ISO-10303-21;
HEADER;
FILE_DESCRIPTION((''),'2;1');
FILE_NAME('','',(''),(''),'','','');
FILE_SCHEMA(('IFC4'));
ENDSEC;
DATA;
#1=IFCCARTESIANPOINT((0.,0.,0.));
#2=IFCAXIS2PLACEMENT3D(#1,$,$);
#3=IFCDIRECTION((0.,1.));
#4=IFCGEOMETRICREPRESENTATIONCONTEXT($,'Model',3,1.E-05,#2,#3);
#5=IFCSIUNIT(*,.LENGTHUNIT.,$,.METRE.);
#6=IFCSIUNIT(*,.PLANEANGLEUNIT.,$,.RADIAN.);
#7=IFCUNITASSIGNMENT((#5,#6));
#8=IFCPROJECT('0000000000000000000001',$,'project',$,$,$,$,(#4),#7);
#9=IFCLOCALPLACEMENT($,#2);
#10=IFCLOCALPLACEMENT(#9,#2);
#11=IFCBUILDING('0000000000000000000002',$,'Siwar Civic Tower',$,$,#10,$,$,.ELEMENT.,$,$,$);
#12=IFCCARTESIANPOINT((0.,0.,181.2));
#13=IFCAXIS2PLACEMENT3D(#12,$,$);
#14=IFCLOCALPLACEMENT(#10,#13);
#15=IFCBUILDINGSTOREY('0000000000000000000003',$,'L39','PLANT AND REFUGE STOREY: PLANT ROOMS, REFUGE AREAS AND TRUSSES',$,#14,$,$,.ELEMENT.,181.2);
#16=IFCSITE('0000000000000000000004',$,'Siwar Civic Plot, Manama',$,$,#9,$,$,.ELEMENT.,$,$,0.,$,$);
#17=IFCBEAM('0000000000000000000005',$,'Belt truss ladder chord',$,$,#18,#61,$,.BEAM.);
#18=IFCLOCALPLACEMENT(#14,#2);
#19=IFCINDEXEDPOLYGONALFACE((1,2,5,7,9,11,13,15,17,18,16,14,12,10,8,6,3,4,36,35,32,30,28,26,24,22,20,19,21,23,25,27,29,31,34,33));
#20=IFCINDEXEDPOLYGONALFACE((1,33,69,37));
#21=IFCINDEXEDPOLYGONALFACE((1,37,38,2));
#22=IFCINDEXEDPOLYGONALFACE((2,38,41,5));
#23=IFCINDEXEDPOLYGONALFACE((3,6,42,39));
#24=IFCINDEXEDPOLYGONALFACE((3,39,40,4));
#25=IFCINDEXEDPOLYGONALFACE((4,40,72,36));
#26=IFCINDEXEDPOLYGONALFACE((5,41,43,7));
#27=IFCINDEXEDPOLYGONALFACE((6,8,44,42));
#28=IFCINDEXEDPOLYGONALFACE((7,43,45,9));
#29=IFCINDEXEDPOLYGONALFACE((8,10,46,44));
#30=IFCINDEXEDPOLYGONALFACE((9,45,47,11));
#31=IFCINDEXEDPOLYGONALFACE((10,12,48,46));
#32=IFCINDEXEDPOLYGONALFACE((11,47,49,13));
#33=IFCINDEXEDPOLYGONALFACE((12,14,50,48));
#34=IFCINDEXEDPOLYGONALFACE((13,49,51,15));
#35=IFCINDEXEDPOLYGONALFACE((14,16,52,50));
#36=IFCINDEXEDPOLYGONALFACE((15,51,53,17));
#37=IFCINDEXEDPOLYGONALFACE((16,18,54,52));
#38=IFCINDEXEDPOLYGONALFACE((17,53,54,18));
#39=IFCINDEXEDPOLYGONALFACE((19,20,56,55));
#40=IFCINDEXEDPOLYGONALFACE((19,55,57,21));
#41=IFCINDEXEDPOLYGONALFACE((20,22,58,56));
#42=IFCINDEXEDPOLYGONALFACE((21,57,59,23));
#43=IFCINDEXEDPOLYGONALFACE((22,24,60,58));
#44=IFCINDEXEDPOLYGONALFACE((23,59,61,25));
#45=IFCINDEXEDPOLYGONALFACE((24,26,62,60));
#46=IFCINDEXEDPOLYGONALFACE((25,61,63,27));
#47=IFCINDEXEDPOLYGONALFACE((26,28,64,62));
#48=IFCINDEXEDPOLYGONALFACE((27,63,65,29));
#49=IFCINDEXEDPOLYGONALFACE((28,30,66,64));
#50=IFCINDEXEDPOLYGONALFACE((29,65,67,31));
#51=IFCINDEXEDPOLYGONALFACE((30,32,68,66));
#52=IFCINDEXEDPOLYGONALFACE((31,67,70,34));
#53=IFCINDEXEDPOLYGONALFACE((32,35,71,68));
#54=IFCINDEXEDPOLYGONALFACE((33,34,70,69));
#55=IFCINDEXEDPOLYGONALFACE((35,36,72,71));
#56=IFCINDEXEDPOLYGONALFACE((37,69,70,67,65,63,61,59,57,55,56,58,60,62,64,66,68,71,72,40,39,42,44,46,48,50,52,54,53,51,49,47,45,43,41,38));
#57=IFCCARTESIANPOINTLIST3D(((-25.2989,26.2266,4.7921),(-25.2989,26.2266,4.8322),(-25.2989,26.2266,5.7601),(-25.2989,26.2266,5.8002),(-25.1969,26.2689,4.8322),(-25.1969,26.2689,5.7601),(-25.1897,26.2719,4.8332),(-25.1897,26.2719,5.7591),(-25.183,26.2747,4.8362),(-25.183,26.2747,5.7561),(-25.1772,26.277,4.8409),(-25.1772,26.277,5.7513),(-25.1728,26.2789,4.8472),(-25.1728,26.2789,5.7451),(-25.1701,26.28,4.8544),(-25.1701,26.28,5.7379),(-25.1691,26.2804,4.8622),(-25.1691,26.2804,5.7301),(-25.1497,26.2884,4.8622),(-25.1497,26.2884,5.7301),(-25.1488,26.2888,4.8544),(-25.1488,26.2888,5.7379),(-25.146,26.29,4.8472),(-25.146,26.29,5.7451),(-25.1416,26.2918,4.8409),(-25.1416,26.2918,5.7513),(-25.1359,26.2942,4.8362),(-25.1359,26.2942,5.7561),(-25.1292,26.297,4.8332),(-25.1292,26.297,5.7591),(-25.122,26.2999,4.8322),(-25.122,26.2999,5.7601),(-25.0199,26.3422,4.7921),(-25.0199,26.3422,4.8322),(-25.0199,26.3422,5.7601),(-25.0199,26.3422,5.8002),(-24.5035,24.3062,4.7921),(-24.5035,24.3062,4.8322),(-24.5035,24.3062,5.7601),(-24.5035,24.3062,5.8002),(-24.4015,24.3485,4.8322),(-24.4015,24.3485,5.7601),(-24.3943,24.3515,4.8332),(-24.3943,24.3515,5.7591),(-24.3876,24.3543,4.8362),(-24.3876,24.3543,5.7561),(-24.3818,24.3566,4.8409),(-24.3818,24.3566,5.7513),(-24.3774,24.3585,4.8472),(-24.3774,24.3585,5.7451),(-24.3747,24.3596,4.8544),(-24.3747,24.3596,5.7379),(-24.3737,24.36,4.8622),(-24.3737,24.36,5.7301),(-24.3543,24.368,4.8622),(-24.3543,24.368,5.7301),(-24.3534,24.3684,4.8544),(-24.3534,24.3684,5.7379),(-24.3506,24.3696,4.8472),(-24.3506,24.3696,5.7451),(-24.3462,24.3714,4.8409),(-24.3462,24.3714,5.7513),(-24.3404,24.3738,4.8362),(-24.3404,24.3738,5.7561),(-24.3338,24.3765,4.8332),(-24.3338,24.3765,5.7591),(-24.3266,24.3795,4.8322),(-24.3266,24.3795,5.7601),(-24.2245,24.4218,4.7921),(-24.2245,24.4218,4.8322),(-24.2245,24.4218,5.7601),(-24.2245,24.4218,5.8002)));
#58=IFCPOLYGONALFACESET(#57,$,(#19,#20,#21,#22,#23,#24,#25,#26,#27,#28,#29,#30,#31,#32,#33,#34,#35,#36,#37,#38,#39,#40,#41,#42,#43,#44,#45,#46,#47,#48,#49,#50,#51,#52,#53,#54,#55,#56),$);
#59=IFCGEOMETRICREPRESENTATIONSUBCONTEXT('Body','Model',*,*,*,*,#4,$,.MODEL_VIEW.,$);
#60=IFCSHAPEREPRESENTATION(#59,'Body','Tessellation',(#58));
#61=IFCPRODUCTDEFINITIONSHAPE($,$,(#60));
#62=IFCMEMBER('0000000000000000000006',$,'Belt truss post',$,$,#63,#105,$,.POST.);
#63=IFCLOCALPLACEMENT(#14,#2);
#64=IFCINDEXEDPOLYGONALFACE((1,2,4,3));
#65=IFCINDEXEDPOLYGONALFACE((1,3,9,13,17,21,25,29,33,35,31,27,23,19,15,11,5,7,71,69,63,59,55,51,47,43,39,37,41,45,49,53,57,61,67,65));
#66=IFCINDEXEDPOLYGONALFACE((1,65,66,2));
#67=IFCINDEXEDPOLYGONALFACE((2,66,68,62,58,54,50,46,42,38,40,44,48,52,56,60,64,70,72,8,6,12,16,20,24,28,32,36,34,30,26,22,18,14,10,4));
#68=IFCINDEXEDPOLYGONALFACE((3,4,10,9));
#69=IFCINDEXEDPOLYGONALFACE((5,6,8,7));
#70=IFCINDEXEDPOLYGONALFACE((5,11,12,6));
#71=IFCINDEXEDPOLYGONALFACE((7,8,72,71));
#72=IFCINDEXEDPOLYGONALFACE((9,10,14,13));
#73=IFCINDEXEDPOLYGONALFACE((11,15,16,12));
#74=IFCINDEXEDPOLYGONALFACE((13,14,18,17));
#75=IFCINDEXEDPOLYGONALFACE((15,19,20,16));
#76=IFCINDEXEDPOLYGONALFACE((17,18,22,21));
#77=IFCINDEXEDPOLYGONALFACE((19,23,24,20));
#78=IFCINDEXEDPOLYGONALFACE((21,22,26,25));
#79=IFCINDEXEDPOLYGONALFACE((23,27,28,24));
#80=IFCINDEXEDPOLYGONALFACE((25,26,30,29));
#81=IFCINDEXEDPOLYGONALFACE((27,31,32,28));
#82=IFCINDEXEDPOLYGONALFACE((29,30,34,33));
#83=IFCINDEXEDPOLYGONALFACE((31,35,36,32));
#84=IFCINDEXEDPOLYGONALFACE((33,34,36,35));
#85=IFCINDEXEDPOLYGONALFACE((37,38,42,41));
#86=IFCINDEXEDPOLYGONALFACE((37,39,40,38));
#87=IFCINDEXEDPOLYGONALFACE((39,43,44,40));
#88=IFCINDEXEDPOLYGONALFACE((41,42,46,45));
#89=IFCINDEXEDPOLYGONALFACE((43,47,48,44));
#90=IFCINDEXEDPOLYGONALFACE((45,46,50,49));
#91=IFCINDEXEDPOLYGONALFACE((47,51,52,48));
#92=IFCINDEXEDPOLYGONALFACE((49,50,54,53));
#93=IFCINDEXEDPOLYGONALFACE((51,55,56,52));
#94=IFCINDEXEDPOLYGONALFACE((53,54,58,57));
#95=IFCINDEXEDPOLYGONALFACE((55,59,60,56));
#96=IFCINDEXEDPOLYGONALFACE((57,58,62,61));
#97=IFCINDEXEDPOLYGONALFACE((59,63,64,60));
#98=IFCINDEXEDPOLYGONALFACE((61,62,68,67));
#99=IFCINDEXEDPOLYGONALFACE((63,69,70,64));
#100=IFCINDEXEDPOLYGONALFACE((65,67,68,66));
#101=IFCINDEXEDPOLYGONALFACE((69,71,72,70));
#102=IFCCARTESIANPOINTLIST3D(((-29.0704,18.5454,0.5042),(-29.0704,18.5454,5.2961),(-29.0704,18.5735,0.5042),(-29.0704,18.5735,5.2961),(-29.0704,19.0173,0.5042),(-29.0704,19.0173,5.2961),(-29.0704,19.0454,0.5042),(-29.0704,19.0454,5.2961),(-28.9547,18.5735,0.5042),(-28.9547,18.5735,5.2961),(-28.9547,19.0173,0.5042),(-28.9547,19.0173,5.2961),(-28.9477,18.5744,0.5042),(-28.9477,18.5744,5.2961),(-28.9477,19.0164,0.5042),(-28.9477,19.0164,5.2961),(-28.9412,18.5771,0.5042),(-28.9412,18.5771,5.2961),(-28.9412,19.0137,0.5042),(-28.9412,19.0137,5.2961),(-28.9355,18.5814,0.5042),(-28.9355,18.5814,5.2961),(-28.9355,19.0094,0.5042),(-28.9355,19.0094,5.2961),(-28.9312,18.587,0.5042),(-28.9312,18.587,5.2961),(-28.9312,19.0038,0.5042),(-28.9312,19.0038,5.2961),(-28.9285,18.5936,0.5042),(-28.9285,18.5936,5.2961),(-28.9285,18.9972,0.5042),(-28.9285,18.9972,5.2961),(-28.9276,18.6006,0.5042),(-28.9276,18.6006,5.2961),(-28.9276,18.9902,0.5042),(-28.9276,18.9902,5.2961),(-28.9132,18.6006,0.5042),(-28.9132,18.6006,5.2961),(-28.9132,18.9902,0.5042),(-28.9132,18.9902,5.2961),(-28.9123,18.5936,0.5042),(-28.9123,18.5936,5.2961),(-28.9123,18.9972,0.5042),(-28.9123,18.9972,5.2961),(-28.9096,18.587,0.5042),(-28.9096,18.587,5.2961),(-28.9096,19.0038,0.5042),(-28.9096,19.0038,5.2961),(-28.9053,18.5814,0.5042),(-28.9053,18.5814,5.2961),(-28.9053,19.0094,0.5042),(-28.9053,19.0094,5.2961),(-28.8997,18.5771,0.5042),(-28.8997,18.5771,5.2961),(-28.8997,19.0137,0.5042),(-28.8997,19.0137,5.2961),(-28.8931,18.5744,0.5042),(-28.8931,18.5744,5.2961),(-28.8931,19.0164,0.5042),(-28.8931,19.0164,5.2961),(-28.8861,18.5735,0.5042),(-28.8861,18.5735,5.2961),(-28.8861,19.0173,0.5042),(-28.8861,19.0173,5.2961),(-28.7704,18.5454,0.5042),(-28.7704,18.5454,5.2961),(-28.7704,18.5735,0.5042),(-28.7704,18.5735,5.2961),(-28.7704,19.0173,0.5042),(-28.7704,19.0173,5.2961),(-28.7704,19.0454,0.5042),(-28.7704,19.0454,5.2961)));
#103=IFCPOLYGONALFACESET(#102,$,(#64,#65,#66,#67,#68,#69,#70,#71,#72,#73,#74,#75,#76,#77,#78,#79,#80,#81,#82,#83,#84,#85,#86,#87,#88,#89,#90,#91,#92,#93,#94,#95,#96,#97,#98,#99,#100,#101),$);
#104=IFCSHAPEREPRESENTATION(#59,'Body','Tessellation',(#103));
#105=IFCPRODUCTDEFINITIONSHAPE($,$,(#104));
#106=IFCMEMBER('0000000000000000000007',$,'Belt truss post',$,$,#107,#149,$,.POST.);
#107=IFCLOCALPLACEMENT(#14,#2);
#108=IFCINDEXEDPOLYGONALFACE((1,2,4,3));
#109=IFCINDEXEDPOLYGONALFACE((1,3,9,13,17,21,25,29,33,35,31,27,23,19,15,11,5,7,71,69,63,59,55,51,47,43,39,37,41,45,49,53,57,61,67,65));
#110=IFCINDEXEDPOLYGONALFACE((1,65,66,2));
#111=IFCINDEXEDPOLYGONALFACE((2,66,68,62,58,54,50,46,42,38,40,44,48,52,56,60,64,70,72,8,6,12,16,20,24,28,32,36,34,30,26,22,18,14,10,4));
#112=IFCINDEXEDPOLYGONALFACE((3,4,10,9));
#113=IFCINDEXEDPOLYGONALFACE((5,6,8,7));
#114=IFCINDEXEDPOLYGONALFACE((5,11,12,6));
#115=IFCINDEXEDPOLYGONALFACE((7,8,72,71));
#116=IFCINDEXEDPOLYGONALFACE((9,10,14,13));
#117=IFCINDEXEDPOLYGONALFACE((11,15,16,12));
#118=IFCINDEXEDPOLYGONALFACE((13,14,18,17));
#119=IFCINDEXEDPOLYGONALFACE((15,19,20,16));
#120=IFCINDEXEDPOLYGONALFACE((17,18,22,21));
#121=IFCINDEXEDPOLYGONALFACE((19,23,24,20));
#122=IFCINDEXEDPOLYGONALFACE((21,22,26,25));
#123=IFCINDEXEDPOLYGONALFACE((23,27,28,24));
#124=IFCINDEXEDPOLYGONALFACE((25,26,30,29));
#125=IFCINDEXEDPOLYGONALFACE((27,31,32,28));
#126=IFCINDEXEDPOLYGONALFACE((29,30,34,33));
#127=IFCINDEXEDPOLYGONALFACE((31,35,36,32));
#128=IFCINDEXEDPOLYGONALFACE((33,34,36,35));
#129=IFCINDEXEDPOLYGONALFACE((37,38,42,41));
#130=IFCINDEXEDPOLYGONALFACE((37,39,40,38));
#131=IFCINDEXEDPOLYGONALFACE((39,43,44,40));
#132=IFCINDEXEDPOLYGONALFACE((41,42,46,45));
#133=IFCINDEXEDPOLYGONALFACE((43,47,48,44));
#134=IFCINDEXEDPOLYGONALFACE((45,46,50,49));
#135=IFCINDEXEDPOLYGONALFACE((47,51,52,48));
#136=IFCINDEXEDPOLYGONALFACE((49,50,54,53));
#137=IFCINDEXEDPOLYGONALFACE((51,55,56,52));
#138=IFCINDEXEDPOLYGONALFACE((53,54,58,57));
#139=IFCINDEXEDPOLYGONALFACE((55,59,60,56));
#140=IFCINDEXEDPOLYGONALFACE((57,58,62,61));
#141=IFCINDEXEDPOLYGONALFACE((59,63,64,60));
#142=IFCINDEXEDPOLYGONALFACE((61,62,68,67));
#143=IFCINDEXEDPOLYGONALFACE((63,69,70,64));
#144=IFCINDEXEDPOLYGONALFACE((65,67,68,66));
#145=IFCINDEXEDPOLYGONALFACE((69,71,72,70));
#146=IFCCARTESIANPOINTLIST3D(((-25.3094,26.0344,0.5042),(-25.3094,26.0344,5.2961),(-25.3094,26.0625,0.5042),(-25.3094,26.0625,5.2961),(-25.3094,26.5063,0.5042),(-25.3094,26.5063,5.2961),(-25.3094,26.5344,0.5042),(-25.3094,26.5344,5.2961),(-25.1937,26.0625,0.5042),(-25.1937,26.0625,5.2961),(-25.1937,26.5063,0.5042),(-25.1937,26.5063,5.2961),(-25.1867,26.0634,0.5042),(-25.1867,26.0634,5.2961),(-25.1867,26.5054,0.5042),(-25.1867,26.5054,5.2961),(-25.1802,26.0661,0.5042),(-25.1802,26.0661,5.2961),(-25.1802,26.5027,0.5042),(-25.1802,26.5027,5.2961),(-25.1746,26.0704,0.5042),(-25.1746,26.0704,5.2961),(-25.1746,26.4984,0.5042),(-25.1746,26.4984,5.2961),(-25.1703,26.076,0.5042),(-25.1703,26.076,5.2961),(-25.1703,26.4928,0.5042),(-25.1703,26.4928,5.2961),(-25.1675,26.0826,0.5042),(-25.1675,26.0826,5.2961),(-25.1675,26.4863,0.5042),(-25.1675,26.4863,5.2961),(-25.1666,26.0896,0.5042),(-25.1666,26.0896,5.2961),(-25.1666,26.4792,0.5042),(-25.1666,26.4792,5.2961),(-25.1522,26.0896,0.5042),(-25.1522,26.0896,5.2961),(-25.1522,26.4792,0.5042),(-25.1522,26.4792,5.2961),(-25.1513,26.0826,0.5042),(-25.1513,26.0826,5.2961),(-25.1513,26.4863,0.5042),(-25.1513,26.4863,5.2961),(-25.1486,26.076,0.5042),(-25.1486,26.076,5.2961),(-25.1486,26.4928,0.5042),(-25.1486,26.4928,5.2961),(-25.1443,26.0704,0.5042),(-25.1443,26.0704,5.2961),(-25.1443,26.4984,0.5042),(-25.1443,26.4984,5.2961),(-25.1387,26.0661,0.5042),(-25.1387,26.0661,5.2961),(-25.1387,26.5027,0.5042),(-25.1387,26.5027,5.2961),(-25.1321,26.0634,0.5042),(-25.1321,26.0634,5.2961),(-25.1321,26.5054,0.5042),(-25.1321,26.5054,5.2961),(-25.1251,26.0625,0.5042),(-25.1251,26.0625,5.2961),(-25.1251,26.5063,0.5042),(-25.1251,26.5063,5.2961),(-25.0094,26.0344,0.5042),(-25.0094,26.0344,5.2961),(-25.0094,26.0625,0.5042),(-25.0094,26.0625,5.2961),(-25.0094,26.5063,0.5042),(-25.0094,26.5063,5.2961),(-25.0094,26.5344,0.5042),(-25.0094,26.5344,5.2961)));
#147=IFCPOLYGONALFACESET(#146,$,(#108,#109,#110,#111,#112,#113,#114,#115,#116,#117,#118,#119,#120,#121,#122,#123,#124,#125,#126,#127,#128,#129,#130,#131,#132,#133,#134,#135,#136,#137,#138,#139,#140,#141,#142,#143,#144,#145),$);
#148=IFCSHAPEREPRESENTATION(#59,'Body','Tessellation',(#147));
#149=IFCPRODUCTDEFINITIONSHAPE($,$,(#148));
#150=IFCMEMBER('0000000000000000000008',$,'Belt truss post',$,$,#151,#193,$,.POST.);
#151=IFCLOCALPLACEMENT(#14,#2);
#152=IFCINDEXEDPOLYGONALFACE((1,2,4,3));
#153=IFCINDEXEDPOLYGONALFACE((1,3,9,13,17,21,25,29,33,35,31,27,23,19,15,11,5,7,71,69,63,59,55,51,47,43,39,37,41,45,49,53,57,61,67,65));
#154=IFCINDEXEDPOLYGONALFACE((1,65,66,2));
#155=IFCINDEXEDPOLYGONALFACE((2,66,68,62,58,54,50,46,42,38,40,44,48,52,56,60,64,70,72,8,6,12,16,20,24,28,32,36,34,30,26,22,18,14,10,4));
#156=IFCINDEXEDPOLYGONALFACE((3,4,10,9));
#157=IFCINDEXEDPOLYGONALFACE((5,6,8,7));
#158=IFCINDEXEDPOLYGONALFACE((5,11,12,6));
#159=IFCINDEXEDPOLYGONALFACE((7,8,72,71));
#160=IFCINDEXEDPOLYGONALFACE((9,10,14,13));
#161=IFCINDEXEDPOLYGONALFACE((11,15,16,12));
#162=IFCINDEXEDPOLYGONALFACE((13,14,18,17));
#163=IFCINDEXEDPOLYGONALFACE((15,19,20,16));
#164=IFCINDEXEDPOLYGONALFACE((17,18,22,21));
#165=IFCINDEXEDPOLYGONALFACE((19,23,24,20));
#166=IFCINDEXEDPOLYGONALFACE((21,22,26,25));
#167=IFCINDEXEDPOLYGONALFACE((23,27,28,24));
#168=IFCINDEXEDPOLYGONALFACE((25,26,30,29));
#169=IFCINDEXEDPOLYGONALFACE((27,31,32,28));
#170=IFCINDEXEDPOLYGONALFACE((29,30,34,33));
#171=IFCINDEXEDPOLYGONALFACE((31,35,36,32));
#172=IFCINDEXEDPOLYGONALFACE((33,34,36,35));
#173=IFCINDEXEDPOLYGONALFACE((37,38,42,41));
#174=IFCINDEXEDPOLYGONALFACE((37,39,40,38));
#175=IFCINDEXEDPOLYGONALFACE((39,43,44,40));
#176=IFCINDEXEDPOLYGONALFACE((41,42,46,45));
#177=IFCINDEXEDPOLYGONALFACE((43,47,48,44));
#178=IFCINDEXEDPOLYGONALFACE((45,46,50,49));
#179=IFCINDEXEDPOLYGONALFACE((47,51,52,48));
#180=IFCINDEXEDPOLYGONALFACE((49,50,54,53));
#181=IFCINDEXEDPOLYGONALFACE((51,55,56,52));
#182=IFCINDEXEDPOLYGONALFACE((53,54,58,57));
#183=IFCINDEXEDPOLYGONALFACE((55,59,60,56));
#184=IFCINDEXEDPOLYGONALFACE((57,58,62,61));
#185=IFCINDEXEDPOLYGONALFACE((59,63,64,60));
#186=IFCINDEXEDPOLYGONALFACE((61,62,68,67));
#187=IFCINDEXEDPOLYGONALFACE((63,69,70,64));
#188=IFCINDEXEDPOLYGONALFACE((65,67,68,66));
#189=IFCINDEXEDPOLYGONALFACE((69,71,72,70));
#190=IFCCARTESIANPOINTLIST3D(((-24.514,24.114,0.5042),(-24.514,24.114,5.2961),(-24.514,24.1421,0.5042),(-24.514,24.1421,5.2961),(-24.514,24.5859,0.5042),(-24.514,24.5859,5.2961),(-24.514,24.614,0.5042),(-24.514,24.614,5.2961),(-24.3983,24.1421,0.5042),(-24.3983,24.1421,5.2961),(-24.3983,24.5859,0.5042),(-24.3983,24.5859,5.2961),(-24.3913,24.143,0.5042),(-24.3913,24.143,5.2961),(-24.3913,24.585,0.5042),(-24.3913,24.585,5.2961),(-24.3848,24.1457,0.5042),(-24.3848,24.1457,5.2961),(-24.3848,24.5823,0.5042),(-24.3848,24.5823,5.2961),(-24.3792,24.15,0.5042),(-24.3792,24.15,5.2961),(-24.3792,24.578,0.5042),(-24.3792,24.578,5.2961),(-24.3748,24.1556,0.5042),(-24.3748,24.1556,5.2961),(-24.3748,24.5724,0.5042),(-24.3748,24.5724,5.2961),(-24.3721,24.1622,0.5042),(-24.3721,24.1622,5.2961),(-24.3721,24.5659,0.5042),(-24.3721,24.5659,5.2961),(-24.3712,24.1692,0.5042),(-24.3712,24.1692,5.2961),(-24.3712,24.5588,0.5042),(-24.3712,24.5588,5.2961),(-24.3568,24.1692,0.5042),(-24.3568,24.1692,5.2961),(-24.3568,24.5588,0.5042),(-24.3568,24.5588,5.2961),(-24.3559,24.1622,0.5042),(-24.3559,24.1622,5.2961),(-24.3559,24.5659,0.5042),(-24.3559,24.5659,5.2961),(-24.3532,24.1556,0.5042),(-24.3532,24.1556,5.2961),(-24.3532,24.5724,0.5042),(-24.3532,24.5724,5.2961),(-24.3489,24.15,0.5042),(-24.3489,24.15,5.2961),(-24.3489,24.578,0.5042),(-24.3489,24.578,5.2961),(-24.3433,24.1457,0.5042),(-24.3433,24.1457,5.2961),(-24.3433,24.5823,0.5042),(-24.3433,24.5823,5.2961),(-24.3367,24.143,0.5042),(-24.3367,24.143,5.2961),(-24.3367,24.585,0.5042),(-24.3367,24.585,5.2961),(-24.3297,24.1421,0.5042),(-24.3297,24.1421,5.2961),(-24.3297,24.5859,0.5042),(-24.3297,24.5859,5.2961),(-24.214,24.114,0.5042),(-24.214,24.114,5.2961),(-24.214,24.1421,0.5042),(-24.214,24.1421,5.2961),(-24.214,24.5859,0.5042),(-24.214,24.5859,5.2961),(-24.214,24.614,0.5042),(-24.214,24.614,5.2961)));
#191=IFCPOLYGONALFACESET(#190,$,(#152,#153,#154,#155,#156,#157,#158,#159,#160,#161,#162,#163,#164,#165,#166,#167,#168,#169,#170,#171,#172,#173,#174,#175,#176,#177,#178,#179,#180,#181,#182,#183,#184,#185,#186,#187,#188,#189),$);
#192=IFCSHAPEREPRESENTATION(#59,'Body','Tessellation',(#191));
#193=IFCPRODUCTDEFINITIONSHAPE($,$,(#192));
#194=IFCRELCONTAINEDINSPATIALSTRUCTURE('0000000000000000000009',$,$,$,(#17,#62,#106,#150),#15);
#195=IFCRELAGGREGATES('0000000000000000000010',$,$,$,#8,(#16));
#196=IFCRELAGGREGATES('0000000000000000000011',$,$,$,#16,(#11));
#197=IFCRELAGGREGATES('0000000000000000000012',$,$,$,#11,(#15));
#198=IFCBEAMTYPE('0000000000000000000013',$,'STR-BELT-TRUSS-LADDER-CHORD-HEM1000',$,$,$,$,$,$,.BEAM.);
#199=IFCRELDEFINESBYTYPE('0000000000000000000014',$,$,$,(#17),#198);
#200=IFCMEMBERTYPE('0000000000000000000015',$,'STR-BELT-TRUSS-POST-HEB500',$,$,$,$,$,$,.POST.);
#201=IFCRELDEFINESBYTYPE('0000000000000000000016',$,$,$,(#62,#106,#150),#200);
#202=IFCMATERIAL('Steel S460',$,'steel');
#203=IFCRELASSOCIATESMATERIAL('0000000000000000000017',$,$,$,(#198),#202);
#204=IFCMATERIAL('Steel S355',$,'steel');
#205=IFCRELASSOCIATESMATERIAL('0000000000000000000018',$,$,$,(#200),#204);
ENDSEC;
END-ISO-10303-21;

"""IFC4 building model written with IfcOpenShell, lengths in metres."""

from ifc_helpers import new_model, si_unit, direction, frame, origin, origin_2d, place, context, subcontext, project, spatial, i_section, extrude, material, material_profile, profile_set, type_object, element, save


model = new_model("IFC4")

# Units and contexts
model_context = context("Model", 3, precision=1e-05, world=origin(), true_north=direction((0.0, 1.0)))
body_context = subcontext(model_context, "Body", "Model", "MODEL_VIEW")
ifc_project = project(units=[si_unit("LENGTHUNIT", "METRE"), si_unit("PLANEANGLEUNIT", "RADIAN")], contexts=[model_context])

# Site, building, storey
site_placement = place(None, origin())
site = spatial("IfcSite", under=ifc_project, at=site_placement, Name="Siwar Civic Plot, Manama", CompositionType="ELEMENT", RefElevation=0.0)
building_placement = place(site_placement, origin())
building = spatial("IfcBuilding", under=site, at=building_placement, Name="Siwar Civic Tower", CompositionType="ELEMENT")
storey_placement = place(building_placement, frame((0.0, 0.0, 181.2)))
storey = spatial("IfcBuildingStorey", under=building, at=storey_placement, Name="L39", Description="PLANT AND REFUGE STOREY: PLANT ROOMS, REFUGE AREAS AND TRUSSES", CompositionType="ELEMENT", Elevation=181.2)

# Beam
ifc_material_1 = material(Name="Steel S460", Category="steel")
ifc_material_profile_1 = material_profile(ifc_material_1, i_section(OverallWidth=0.302, OverallDepth=1.0081, WebThickness=0.021, FlangeThickness=0.04, FilletRadius=0.03, at=origin_2d()), Name="HEM1000")
ifc_profile_set_1 = profile_set([ifc_material_profile_1], Name="Steel S460")
beam_type_1 = type_object("IfcBeamType", Name="STR-BELT-TRUSS-LADDER-CHORD-HEM1000", PredefinedType="BEAM", material=ifc_profile_set_1)
for number, where, z_axis, x_axis, name in (
    (1, (-24.364, 24.364, 5.2961), (-0.382663, 0.923888, 0.0), (-0.923888, -0.382663, 0.0), "Belt truss ladder chord"),
):
    element("IfcBeam", number, at=place(storey_placement, frame(where, z_axis=z_axis, x_axis=x_axis)), inside=storey, type_object=beam_type_1, Name=name, PredefinedType="BEAM", context=body_context, shape_type="SweptSolid", body=[
        extrude(i_section(OverallWidth=0.302, OverallDepth=1.0081, WebThickness=0.021, FlangeThickness=0.04, FilletRadius=0.03, at=origin_2d()), origin(), (0.0, 0.0, 1.0), 2.0786),
    ])

# Members
ifc_material_2 = material(Name="Steel S355", Category="steel")
ifc_material_profile_2 = material_profile(ifc_material_2, i_section(OverallWidth=0.3, OverallDepth=0.5, WebThickness=0.0144, FlangeThickness=0.0281, FilletRadius=0.0271, at=origin_2d()), Name="HEB500")
ifc_profile_set_2 = profile_set([ifc_material_profile_2], Name="Steel S355")
member_type_1 = type_object("IfcMemberType", Name="STR-BELT-TRUSS-POST-HEB500", PredefinedType="POST", material=ifc_profile_set_2)
for number, where, z_axis, x_axis, name in (
    (2, (-28.9204, 18.7954, 0.5042), (0.0, 0.0, 1.0), (1.0, 0.0, 0.0), "Belt truss post"),
    (3, (-25.1594, 26.2844, 0.5042), (0.0, 0.0, 1.0), (1.0, 0.0, 0.0), "Belt truss post"),
    (4, (-24.364, 24.364, 0.5042), (0.0, 0.0, 1.0), (1.0, 0.0, 0.0), "Belt truss post"),
):
    element("IfcMember", number, at=place(storey_placement, frame(where, z_axis=z_axis, x_axis=x_axis)), inside=storey, type_object=member_type_1, Name=name, PredefinedType="POST", context=body_context, shape_type="SweptSolid", body=[
        extrude(i_section(OverallWidth=0.3, OverallDepth=0.5, WebThickness=0.0144, FlangeThickness=0.0281, FilletRadius=0.0271, at=origin_2d()), origin(), (0.0, 0.0, 1.0), 4.792),
    ])

save(model, "model.ifc")
